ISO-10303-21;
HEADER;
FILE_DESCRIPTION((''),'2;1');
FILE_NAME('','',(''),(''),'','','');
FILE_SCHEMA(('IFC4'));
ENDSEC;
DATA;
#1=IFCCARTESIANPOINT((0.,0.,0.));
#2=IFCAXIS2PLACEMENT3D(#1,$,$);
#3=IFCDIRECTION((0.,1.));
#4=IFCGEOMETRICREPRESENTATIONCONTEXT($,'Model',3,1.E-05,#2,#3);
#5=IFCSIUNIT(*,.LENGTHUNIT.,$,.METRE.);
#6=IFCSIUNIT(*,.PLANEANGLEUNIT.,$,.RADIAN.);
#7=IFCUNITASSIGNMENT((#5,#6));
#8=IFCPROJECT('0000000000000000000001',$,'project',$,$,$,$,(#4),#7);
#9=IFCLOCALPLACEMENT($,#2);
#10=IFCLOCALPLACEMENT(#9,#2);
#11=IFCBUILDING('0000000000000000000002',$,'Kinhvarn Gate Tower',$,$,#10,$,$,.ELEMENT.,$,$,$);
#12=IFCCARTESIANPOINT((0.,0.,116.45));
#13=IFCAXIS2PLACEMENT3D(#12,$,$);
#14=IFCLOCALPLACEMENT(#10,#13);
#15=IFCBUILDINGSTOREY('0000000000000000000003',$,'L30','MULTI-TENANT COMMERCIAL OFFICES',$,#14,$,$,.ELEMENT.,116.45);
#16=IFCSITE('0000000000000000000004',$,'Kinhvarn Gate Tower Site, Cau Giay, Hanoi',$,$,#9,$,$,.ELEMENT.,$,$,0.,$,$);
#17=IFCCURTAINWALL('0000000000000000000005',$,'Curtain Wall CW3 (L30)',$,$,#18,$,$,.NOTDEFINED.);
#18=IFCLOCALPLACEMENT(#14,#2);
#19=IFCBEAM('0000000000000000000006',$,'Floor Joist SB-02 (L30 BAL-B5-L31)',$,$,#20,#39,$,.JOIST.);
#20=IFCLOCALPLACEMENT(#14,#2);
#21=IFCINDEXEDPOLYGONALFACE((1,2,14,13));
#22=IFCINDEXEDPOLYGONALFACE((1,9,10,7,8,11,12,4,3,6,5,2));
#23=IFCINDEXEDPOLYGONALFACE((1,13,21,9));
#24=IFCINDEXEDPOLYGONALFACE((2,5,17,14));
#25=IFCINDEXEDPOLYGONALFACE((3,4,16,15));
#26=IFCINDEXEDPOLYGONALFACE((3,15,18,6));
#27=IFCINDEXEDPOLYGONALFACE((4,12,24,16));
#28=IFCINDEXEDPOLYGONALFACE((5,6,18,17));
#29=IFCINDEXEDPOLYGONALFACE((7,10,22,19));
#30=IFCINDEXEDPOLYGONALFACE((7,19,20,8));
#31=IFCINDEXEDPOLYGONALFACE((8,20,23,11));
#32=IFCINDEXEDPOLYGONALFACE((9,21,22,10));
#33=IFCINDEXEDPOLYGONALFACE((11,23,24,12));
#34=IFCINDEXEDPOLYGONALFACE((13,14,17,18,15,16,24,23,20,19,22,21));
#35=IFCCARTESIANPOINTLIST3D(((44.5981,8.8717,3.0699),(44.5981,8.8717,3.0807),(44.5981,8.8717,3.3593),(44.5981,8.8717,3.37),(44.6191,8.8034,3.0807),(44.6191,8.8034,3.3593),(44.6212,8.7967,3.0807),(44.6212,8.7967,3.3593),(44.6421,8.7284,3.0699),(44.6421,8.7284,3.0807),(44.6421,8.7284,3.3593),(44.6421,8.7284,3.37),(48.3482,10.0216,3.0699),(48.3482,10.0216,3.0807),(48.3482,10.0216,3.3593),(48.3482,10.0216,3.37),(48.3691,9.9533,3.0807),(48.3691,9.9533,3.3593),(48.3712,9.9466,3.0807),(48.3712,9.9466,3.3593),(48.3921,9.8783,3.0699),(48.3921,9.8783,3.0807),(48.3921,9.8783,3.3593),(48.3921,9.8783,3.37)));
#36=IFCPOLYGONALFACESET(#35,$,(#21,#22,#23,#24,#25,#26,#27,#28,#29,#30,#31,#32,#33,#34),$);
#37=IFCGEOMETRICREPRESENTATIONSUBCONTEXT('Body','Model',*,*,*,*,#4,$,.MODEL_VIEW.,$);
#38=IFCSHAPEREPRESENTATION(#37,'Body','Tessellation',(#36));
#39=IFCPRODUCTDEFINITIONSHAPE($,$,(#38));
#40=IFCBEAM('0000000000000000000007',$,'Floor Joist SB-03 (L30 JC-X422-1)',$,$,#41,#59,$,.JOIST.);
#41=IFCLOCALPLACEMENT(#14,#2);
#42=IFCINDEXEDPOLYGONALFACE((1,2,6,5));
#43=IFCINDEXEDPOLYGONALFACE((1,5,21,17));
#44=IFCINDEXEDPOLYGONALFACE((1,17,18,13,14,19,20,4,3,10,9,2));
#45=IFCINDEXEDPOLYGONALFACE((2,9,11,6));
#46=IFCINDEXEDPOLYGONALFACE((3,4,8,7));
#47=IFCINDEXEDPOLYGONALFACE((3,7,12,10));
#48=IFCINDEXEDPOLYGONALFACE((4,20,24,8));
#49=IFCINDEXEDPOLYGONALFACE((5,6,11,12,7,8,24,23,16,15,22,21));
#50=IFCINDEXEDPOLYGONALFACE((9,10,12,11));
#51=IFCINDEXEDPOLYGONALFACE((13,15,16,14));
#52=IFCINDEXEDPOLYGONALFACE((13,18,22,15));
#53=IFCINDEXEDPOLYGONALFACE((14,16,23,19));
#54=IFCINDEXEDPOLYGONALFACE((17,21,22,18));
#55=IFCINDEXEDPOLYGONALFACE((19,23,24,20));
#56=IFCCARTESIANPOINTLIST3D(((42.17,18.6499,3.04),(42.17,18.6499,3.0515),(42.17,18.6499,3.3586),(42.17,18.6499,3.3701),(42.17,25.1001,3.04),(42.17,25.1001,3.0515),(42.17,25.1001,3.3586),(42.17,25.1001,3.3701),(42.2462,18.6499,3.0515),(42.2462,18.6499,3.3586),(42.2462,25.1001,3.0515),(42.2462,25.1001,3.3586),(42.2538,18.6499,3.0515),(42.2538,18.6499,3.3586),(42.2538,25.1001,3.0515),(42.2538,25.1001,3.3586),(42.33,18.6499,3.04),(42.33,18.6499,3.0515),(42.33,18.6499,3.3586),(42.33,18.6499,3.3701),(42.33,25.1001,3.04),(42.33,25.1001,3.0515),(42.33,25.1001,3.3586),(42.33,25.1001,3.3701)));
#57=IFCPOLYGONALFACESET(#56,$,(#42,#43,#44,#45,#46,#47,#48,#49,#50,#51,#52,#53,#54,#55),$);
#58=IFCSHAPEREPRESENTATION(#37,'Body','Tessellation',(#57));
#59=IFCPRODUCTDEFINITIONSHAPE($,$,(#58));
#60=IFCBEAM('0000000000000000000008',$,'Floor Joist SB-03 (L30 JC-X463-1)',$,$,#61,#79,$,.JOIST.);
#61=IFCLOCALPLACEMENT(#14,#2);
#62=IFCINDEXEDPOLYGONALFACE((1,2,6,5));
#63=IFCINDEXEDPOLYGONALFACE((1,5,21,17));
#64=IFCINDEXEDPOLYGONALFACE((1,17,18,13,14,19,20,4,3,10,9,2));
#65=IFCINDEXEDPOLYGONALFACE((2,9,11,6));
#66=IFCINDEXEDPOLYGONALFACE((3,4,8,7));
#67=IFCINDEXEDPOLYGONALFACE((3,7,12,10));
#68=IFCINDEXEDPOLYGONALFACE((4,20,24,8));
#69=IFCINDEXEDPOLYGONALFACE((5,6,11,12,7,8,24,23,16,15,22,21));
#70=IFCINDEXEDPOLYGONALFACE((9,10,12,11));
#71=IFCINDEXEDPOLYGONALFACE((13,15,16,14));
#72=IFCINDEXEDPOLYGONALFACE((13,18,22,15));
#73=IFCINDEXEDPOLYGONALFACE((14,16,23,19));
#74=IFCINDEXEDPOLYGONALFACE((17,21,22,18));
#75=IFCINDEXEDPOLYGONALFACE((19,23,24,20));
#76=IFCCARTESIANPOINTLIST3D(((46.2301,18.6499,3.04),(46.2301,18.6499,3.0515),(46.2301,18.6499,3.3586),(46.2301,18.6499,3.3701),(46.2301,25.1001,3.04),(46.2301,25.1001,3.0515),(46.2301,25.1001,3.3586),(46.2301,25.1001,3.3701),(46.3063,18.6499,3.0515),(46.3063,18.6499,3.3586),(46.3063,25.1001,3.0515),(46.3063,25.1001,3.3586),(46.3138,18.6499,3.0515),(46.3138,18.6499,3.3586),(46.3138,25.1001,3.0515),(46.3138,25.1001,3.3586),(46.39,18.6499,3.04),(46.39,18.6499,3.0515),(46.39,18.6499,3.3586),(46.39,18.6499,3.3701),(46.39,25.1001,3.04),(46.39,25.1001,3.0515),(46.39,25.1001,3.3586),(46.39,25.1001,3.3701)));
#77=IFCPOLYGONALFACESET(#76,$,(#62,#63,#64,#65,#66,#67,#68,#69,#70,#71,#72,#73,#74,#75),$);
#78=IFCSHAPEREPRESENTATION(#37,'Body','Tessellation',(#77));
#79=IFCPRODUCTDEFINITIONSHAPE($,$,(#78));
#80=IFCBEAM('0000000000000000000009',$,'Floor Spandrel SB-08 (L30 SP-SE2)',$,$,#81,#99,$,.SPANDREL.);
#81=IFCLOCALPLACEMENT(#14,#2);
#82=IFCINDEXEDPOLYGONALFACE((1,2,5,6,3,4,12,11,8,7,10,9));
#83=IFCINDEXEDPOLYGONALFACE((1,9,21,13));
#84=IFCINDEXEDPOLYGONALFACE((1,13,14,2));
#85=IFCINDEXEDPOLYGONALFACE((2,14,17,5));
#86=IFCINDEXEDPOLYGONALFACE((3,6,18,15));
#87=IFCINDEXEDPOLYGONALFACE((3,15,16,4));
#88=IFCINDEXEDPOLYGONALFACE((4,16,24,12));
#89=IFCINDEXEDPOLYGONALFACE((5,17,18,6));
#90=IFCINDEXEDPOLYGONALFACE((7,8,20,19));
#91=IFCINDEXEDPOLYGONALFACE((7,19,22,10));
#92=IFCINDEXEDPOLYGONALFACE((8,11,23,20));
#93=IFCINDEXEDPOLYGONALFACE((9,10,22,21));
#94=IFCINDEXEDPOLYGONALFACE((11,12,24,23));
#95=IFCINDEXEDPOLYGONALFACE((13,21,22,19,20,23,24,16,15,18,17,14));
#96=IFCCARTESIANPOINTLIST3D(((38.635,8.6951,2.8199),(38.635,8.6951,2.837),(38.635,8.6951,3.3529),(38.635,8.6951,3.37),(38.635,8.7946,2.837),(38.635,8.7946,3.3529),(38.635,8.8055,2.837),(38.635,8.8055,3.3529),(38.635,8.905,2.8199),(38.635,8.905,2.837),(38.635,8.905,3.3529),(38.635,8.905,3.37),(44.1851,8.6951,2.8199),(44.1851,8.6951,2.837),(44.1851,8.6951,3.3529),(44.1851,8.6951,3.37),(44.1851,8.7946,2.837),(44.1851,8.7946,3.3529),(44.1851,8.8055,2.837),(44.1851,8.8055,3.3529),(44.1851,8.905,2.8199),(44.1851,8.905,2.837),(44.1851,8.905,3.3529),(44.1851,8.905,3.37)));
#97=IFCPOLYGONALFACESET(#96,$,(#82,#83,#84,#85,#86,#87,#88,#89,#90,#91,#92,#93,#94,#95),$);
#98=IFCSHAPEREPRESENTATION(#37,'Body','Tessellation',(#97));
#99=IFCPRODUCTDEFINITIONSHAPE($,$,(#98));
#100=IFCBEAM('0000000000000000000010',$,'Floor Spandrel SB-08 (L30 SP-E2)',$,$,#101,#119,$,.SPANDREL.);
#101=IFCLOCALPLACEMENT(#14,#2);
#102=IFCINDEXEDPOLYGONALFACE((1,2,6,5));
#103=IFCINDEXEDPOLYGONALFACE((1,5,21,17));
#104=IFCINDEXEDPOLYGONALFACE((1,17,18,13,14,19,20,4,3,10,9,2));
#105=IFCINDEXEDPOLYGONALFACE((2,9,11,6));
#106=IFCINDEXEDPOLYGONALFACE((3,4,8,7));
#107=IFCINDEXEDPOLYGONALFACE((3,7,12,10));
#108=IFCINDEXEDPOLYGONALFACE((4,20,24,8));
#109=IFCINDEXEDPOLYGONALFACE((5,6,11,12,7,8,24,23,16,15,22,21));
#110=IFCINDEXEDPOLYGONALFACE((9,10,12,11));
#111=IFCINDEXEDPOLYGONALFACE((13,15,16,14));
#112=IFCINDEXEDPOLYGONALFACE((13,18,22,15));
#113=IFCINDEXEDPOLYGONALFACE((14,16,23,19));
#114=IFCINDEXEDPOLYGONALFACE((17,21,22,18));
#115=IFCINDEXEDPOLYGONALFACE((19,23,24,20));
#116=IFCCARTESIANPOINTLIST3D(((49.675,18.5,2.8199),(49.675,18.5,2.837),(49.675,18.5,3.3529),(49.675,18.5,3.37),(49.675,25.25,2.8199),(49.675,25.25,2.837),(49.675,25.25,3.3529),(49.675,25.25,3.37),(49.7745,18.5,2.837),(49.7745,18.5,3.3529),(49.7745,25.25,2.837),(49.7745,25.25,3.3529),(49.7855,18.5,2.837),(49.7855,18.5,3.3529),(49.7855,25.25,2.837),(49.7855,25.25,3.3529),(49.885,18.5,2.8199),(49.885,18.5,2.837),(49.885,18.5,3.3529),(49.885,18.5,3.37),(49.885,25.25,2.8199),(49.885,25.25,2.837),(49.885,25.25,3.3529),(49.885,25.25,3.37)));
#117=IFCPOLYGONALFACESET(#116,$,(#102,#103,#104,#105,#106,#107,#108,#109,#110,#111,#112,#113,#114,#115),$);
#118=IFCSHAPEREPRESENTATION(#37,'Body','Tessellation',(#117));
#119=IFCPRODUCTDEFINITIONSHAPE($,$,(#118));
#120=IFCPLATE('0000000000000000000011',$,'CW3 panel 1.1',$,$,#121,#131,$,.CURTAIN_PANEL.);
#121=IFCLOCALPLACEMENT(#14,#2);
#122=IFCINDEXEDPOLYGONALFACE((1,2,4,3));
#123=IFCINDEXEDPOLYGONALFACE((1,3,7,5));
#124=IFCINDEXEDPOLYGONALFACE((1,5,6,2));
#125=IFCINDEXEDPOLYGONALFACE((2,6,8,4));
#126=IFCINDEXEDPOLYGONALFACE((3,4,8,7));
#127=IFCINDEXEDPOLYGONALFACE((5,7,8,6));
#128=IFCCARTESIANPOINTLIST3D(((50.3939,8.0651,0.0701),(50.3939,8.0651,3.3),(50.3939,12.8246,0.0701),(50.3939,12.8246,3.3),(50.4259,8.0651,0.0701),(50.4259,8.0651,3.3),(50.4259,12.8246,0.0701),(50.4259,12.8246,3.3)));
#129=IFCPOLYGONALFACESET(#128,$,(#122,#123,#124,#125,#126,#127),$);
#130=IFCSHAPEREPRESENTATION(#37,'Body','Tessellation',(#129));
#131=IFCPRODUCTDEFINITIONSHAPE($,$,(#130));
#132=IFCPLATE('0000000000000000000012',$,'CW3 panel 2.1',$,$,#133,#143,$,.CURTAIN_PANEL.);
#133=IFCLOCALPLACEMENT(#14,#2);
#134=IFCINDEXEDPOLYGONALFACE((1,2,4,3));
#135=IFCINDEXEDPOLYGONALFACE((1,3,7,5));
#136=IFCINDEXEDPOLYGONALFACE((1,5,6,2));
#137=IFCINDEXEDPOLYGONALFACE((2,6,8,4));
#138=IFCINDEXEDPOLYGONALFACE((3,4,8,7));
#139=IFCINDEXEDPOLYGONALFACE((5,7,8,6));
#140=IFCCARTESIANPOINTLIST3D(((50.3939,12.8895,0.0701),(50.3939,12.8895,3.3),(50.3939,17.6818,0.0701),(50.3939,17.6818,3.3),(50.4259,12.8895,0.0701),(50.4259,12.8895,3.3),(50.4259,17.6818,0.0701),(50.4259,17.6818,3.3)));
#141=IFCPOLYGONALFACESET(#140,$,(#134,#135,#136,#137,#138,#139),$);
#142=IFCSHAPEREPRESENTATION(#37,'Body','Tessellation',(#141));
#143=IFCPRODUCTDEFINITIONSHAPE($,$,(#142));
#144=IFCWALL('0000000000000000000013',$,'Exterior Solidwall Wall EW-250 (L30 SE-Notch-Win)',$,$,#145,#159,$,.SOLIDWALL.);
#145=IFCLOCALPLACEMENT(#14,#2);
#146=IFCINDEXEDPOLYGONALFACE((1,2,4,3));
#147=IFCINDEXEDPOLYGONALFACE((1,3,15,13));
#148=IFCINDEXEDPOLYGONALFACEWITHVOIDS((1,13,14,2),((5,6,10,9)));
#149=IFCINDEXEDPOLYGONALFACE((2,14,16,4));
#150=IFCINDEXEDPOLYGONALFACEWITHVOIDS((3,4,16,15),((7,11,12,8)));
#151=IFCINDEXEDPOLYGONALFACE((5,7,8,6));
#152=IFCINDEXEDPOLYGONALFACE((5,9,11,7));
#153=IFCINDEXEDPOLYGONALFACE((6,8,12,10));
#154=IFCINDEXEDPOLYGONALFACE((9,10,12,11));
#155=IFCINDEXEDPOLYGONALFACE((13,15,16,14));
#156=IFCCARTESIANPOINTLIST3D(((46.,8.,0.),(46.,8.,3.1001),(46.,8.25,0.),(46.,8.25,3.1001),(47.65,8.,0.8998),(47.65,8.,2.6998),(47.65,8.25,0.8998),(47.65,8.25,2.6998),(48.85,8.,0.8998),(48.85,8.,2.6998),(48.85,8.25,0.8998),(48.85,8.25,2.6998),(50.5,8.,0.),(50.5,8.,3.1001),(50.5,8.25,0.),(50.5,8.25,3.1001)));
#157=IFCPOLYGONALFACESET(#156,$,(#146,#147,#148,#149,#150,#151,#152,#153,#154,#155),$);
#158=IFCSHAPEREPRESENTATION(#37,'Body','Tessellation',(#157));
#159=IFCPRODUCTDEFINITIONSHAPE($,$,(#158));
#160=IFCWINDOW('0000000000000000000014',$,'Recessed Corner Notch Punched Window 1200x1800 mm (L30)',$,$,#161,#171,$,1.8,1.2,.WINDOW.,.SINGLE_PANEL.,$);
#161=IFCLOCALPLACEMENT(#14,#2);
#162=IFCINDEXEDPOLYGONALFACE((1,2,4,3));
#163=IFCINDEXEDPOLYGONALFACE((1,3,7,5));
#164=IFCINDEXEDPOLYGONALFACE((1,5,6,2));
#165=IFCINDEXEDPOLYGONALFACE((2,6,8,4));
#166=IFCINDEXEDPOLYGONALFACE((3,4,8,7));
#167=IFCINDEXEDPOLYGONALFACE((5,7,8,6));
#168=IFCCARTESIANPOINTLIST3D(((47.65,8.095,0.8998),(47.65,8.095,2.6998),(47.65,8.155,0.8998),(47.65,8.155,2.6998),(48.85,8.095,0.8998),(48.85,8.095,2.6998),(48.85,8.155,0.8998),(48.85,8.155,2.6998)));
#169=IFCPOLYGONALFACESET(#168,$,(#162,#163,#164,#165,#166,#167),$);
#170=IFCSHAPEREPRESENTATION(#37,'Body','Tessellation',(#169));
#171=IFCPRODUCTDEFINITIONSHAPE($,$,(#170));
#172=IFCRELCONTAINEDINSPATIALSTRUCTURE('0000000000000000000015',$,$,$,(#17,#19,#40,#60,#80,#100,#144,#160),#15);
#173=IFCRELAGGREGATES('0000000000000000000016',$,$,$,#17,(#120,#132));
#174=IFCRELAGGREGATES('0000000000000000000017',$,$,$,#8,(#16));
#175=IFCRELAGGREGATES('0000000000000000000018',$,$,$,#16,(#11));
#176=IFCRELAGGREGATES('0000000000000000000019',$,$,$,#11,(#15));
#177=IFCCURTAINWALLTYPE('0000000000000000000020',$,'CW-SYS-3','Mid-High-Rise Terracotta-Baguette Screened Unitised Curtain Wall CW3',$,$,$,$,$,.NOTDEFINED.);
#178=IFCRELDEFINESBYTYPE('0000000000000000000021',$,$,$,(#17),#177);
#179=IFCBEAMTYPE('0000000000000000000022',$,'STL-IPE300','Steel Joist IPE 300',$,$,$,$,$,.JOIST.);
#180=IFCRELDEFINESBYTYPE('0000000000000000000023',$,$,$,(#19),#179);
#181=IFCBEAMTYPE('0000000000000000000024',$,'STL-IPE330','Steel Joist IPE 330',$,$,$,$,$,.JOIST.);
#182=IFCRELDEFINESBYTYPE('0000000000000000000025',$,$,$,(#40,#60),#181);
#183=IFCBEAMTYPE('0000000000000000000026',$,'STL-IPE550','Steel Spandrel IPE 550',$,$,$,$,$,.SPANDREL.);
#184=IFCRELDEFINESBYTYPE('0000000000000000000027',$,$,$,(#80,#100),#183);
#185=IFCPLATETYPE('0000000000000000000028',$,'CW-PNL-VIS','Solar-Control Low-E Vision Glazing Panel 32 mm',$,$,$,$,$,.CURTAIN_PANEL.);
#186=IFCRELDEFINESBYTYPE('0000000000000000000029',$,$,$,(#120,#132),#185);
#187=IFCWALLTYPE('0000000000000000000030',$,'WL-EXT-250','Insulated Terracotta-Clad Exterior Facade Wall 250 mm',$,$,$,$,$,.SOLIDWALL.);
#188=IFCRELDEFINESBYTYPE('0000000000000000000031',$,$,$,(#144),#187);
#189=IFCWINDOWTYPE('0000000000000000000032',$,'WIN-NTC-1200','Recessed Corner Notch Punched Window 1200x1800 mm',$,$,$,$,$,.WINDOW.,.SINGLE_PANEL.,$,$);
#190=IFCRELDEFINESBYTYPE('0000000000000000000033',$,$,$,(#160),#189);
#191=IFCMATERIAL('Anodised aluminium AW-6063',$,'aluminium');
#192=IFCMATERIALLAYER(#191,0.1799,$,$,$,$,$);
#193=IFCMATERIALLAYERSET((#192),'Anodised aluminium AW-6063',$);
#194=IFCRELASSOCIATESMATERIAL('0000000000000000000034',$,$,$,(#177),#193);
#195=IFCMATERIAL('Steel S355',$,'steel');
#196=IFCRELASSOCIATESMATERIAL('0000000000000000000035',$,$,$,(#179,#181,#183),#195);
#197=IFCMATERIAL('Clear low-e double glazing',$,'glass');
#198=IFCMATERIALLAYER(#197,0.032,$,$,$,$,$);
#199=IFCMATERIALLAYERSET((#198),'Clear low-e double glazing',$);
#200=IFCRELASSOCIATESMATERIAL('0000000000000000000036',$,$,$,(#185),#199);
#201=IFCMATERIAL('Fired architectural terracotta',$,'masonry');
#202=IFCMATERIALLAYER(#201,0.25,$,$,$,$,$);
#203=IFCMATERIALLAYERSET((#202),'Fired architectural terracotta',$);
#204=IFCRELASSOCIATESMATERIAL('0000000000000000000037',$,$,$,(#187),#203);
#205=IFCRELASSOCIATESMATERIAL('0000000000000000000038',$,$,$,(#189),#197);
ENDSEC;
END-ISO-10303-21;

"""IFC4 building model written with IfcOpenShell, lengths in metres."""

from ifc_helpers import new_model, si_unit, direction, frame, frame_2d, origin, origin_2d, place, context, subcontext, project, spatial, rectangle, i_section, extrude, material, layer, layer_set, material_profile, profile_set, type_object, element, fill, aggregate, save


model = new_model("IFC4")

# Units and contexts
model_context = context("Model", 3, precision=1e-05, world=origin(), true_north=direction((0.0, 1.0)))
body_context = subcontext(model_context, "Body", "Model", "MODEL_VIEW")
ifc_project = project(units=[si_unit("LENGTHUNIT", "METRE"), si_unit("PLANEANGLEUNIT", "RADIAN")], contexts=[model_context])

# Site, building, storey
site_placement = place(None, origin())
site = spatial("IfcSite", under=ifc_project, at=site_placement, Name="Kinhvarn Gate Tower Site, Cau Giay, Hanoi", CompositionType="ELEMENT", RefElevation=0.0)
building_placement = place(site_placement, origin())
building = spatial("IfcBuilding", under=site, at=building_placement, Name="Kinhvarn Gate Tower", CompositionType="ELEMENT")
storey_placement = place(building_placement, frame((0.0, 0.0, 116.45)))
storey = spatial("IfcBuildingStorey", under=building, at=storey_placement, Name="L30", Description="MULTI-TENANT COMMERCIAL OFFICES", CompositionType="ELEMENT", Elevation=116.45)

# Curtain wall
ifc_material_1 = material(Name="Anodised aluminium AW-6063", Category="aluminium")
ifc_layer_1 = layer(ifc_material_1, 0.1799)
ifc_layer_set_1 = layer_set([ifc_layer_1], Name="Anodised aluminium AW-6063")
curtain_wall_type = type_object("IfcCurtainWallType", Name="CW-SYS-3", Description="Mid-High-Rise Terracotta-Baguette Screened Unitised Curtain Wall CW3", PredefinedType="NOTDEFINED", material=ifc_layer_set_1)
curtain_wall_placement = place(storey_placement, origin())
curtain_wall = element("IfcCurtainWall", 1, at=curtain_wall_placement, inside=storey, type_object=curtain_wall_type, Name="Curtain Wall CW3 (L30)", PredefinedType="NOTDEFINED")

# Beams
ifc_material_2 = material(Name="Steel S355", Category="steel")
ifc_material_profile_1 = material_profile(ifc_material_2, i_section(OverallWidth=0.1499, OverallDepth=0.3, WebThickness=0.0071, FlangeThickness=0.0107, at=origin_2d()), Name="IPE 300")
ifc_profile_set_1 = profile_set([ifc_material_profile_1], Name="Steel S355")
beam_type_1 = type_object("IfcBeamType", Name="STL-IPE300", Description="Steel Joist IPE 300", PredefinedType="JOIST", material=ifc_profile_set_1)
beam_1_placement = place(storey_placement, frame((44.6201, 8.8, 3.22), z_axis=(0.956061, 0.293167, 0.0), x_axis=(-0.293167, 0.956061, 0.0)))
element("IfcBeam", 2, at=beam_1_placement, inside=storey, type_object=beam_type_1, Name="Floor Joist SB-02 (L30 BAL-B5-L31)", PredefinedType="JOIST", context=body_context, shape_type="SweptSolid", body=[
    extrude(i_section(OverallWidth=0.1499, OverallDepth=0.3, WebThickness=0.0071, FlangeThickness=0.0107, at=origin_2d()), origin(), (0.0, 0.0, 1.0), 3.9224),
])
ifc_material_profile_2 = material_profile(ifc_material_2, i_section(OverallWidth=0.1599, OverallDepth=0.3301, WebThickness=0.0076, FlangeThickness=0.0115, at=origin_2d()), Name="IPE 330")
ifc_profile_set_2 = profile_set([ifc_material_profile_2], Name="Steel S355")
beam_type_2 = type_object("IfcBeamType", Name="STL-IPE330", Description="Steel Joist IPE 330", PredefinedType="JOIST", material=ifc_profile_set_2)
for number, where, z_axis, x_axis, name in (
    (3, (42.25, 18.6499, 3.2051), (0.0, 1.0, 0.0), (-1.0, 0.0, 0.0), "Floor Joist SB-03 (L30 JC-X422-1)"),
    (4, (46.3101, 18.6499, 3.2051), (0.0, 1.0, 0.0), (-1.0, 0.0, 0.0), "Floor Joist SB-03 (L30 JC-X463-1)"),
):
    element("IfcBeam", number, at=place(storey_placement, frame(where, z_axis=z_axis, x_axis=x_axis)), inside=storey, type_object=beam_type_2, Name=name, PredefinedType="JOIST", context=body_context, shape_type="SweptSolid", body=[
        extrude(i_section(OverallWidth=0.1599, OverallDepth=0.3301, WebThickness=0.0076, FlangeThickness=0.0115, at=origin_2d()), origin(), (0.0, 0.0, 1.0), 6.4502),
    ])
ifc_material_profile_3 = material_profile(ifc_material_2, i_section(OverallWidth=0.21, OverallDepth=0.55, WebThickness=0.011, FlangeThickness=0.0171, at=origin_2d()), Name="IPE 550")
ifc_profile_set_3 = profile_set([ifc_material_profile_3], Name="Steel S355")
beam_type_3 = type_object("IfcBeamType", Name="STL-IPE550", Description="Steel Spandrel IPE 550", PredefinedType="SPANDREL", material=ifc_profile_set_3)
beam_2_placement = place(storey_placement, frame((38.635, 8.8, 3.095), z_axis=(1.0, 0.0, 0.0), x_axis=(0.0, 1.0, 0.0)))
element("IfcBeam", 5, at=beam_2_placement, inside=storey, type_object=beam_type_3, Name="Floor Spandrel SB-08 (L30 SP-SE2)", PredefinedType="SPANDREL", context=body_context, shape_type="SweptSolid", body=[
    extrude(i_section(OverallWidth=0.21, OverallDepth=0.55, WebThickness=0.011, FlangeThickness=0.0171, at=origin_2d()), origin(), (0.0, 0.0, 1.0), 5.55),
])
beam_3_placement = place(storey_placement, frame((49.78, 18.5, 3.095), z_axis=(0.0, 1.0, 0.0), x_axis=(-1.0, 0.0, 0.0)))
element("IfcBeam", 6, at=beam_3_placement, inside=storey, type_object=beam_type_3, Name="Floor Spandrel SB-08 (L30 SP-E2)", PredefinedType="SPANDREL", context=body_context, shape_type="SweptSolid", body=[
    extrude(i_section(OverallWidth=0.21, OverallDepth=0.55, WebThickness=0.011, FlangeThickness=0.0171, at=origin_2d()), origin(), (0.0, 0.0, 1.0), 6.75),
])

# Plates
ifc_material_3 = material(Name="Clear low-e double glazing", Category="glass")
ifc_layer_2 = layer(ifc_material_3, 0.032)
ifc_layer_set_2 = layer_set([ifc_layer_2], Name="Clear low-e double glazing")
plate_type = type_object("IfcPlateType", Name="CW-PNL-VIS", Description="Solar-Control Low-E Vision Glazing Panel 32 mm", PredefinedType="CURTAIN_PANEL", material=ifc_layer_set_2)
plate_1_placement = place(storey_placement, frame((50.4099, 10.4448, 0.0701), z_axis=(0.0, 0.0, 1.0), x_axis=(0.0, 1.0, 0.0)))
plate_1 = element("IfcPlate", 7, at=plate_1_placement, type_object=plate_type, Name="CW3 panel 1.1", PredefinedType="CURTAIN_PANEL", context=body_context, shape_type="SweptSolid", body=[
    extrude(rectangle(XDim=4.7595, YDim=0.032, at=origin_2d()), origin(), (0.0, 0.0, 1.0), 3.23),
])
plate_2_placement = place(storey_placement, frame((50.4099, 15.2856, 0.0701), z_axis=(0.0, 0.0, 1.0), x_axis=(0.0, 1.0, 0.0)))
plate_2 = element("IfcPlate", 8, at=plate_2_placement, type_object=plate_type, Name="CW3 panel 2.1", PredefinedType="CURTAIN_PANEL", context=body_context, shape_type="SweptSolid", body=[
    extrude(rectangle(XDim=4.7922, YDim=0.032, at=origin_2d()), origin(), (0.0, 0.0, 1.0), 3.23),
])
aggregate(curtain_wall, [plate_1, plate_2])

# Wall, opening, window
ifc_material_4 = material(Name="Fired architectural terracotta", Category="masonry")
ifc_layer_3 = layer(ifc_material_4, 0.25)
ifc_layer_set_3 = layer_set([ifc_layer_3], Name="Fired architectural terracotta")
wall_type = type_object("IfcWallType", Name="WL-EXT-250", Description="Insulated Terracotta-Clad Exterior Facade Wall 250 mm", PredefinedType="SOLIDWALL", material=ifc_layer_set_3)
wall_placement = place(storey_placement, frame((46.0, 8.125, 0.0), z_axis=(0.0, 0.0, 1.0), x_axis=(1.0, 0.0, 0.0)))
wall = element("IfcWall", 9, at=wall_placement, inside=storey, type_object=wall_type, Name="Exterior Solidwall Wall EW-250 (L30 SE-Notch-Win)", PredefinedType="SOLIDWALL", context=body_context, shape_type="SweptSolid", body=[
    extrude(rectangle(XDim=4.5, YDim=0.25, at=frame_2d((2.25, 0.0))), origin(), (0.0, 0.0, 1.0), 3.1001),
])
opening_placement = place(wall_placement, frame((1.6499, 0.0, 0.8999)))
opening = element("IfcOpeningElement", 10, at=opening_placement, cuts=wall, PredefinedType="OPENING", context=body_context, shape_type="SweptSolid", body=[
    extrude(rectangle(XDim=1.2, YDim=1.8, at=frame_2d((0.6001, 0.8999))), frame((0.0, 0.135, 0.0), z_axis=(0.0, -1.0, 0.0), x_axis=(1.0, 0.0, 0.0)), (0.0, 0.0, 1.0), 0.27),
])
window_type = type_object("IfcWindowType", Name="WIN-NTC-1200", Description="Recessed Corner Notch Punched Window 1200x1800 mm", PartitioningType="SINGLE_PANEL", PredefinedType="WINDOW", material=ifc_material_3)
window_placement = place(opening_placement, origin())
window = element("IfcWindow", 11, at=window_placement, inside=storey, type_object=window_type, Name="Recessed Corner Notch Punched Window 1200x1800 mm (L30)", OverallHeight=1.8, OverallWidth=1.2, PartitioningType="SINGLE_PANEL", PredefinedType="WINDOW", context=body_context, shape_type="SweptSolid", body=[
    extrude(rectangle(XDim=1.2, YDim=1.8, at=frame_2d((0.6001, 0.8999))), frame((0.0, 0.03, 0.0), z_axis=(0.0, -1.0, 0.0), x_axis=(1.0, 0.0, 0.0)), (0.0, 0.0, 1.0), 0.0601),
])
fill(opening, window)

save(model, "model.ifc")
